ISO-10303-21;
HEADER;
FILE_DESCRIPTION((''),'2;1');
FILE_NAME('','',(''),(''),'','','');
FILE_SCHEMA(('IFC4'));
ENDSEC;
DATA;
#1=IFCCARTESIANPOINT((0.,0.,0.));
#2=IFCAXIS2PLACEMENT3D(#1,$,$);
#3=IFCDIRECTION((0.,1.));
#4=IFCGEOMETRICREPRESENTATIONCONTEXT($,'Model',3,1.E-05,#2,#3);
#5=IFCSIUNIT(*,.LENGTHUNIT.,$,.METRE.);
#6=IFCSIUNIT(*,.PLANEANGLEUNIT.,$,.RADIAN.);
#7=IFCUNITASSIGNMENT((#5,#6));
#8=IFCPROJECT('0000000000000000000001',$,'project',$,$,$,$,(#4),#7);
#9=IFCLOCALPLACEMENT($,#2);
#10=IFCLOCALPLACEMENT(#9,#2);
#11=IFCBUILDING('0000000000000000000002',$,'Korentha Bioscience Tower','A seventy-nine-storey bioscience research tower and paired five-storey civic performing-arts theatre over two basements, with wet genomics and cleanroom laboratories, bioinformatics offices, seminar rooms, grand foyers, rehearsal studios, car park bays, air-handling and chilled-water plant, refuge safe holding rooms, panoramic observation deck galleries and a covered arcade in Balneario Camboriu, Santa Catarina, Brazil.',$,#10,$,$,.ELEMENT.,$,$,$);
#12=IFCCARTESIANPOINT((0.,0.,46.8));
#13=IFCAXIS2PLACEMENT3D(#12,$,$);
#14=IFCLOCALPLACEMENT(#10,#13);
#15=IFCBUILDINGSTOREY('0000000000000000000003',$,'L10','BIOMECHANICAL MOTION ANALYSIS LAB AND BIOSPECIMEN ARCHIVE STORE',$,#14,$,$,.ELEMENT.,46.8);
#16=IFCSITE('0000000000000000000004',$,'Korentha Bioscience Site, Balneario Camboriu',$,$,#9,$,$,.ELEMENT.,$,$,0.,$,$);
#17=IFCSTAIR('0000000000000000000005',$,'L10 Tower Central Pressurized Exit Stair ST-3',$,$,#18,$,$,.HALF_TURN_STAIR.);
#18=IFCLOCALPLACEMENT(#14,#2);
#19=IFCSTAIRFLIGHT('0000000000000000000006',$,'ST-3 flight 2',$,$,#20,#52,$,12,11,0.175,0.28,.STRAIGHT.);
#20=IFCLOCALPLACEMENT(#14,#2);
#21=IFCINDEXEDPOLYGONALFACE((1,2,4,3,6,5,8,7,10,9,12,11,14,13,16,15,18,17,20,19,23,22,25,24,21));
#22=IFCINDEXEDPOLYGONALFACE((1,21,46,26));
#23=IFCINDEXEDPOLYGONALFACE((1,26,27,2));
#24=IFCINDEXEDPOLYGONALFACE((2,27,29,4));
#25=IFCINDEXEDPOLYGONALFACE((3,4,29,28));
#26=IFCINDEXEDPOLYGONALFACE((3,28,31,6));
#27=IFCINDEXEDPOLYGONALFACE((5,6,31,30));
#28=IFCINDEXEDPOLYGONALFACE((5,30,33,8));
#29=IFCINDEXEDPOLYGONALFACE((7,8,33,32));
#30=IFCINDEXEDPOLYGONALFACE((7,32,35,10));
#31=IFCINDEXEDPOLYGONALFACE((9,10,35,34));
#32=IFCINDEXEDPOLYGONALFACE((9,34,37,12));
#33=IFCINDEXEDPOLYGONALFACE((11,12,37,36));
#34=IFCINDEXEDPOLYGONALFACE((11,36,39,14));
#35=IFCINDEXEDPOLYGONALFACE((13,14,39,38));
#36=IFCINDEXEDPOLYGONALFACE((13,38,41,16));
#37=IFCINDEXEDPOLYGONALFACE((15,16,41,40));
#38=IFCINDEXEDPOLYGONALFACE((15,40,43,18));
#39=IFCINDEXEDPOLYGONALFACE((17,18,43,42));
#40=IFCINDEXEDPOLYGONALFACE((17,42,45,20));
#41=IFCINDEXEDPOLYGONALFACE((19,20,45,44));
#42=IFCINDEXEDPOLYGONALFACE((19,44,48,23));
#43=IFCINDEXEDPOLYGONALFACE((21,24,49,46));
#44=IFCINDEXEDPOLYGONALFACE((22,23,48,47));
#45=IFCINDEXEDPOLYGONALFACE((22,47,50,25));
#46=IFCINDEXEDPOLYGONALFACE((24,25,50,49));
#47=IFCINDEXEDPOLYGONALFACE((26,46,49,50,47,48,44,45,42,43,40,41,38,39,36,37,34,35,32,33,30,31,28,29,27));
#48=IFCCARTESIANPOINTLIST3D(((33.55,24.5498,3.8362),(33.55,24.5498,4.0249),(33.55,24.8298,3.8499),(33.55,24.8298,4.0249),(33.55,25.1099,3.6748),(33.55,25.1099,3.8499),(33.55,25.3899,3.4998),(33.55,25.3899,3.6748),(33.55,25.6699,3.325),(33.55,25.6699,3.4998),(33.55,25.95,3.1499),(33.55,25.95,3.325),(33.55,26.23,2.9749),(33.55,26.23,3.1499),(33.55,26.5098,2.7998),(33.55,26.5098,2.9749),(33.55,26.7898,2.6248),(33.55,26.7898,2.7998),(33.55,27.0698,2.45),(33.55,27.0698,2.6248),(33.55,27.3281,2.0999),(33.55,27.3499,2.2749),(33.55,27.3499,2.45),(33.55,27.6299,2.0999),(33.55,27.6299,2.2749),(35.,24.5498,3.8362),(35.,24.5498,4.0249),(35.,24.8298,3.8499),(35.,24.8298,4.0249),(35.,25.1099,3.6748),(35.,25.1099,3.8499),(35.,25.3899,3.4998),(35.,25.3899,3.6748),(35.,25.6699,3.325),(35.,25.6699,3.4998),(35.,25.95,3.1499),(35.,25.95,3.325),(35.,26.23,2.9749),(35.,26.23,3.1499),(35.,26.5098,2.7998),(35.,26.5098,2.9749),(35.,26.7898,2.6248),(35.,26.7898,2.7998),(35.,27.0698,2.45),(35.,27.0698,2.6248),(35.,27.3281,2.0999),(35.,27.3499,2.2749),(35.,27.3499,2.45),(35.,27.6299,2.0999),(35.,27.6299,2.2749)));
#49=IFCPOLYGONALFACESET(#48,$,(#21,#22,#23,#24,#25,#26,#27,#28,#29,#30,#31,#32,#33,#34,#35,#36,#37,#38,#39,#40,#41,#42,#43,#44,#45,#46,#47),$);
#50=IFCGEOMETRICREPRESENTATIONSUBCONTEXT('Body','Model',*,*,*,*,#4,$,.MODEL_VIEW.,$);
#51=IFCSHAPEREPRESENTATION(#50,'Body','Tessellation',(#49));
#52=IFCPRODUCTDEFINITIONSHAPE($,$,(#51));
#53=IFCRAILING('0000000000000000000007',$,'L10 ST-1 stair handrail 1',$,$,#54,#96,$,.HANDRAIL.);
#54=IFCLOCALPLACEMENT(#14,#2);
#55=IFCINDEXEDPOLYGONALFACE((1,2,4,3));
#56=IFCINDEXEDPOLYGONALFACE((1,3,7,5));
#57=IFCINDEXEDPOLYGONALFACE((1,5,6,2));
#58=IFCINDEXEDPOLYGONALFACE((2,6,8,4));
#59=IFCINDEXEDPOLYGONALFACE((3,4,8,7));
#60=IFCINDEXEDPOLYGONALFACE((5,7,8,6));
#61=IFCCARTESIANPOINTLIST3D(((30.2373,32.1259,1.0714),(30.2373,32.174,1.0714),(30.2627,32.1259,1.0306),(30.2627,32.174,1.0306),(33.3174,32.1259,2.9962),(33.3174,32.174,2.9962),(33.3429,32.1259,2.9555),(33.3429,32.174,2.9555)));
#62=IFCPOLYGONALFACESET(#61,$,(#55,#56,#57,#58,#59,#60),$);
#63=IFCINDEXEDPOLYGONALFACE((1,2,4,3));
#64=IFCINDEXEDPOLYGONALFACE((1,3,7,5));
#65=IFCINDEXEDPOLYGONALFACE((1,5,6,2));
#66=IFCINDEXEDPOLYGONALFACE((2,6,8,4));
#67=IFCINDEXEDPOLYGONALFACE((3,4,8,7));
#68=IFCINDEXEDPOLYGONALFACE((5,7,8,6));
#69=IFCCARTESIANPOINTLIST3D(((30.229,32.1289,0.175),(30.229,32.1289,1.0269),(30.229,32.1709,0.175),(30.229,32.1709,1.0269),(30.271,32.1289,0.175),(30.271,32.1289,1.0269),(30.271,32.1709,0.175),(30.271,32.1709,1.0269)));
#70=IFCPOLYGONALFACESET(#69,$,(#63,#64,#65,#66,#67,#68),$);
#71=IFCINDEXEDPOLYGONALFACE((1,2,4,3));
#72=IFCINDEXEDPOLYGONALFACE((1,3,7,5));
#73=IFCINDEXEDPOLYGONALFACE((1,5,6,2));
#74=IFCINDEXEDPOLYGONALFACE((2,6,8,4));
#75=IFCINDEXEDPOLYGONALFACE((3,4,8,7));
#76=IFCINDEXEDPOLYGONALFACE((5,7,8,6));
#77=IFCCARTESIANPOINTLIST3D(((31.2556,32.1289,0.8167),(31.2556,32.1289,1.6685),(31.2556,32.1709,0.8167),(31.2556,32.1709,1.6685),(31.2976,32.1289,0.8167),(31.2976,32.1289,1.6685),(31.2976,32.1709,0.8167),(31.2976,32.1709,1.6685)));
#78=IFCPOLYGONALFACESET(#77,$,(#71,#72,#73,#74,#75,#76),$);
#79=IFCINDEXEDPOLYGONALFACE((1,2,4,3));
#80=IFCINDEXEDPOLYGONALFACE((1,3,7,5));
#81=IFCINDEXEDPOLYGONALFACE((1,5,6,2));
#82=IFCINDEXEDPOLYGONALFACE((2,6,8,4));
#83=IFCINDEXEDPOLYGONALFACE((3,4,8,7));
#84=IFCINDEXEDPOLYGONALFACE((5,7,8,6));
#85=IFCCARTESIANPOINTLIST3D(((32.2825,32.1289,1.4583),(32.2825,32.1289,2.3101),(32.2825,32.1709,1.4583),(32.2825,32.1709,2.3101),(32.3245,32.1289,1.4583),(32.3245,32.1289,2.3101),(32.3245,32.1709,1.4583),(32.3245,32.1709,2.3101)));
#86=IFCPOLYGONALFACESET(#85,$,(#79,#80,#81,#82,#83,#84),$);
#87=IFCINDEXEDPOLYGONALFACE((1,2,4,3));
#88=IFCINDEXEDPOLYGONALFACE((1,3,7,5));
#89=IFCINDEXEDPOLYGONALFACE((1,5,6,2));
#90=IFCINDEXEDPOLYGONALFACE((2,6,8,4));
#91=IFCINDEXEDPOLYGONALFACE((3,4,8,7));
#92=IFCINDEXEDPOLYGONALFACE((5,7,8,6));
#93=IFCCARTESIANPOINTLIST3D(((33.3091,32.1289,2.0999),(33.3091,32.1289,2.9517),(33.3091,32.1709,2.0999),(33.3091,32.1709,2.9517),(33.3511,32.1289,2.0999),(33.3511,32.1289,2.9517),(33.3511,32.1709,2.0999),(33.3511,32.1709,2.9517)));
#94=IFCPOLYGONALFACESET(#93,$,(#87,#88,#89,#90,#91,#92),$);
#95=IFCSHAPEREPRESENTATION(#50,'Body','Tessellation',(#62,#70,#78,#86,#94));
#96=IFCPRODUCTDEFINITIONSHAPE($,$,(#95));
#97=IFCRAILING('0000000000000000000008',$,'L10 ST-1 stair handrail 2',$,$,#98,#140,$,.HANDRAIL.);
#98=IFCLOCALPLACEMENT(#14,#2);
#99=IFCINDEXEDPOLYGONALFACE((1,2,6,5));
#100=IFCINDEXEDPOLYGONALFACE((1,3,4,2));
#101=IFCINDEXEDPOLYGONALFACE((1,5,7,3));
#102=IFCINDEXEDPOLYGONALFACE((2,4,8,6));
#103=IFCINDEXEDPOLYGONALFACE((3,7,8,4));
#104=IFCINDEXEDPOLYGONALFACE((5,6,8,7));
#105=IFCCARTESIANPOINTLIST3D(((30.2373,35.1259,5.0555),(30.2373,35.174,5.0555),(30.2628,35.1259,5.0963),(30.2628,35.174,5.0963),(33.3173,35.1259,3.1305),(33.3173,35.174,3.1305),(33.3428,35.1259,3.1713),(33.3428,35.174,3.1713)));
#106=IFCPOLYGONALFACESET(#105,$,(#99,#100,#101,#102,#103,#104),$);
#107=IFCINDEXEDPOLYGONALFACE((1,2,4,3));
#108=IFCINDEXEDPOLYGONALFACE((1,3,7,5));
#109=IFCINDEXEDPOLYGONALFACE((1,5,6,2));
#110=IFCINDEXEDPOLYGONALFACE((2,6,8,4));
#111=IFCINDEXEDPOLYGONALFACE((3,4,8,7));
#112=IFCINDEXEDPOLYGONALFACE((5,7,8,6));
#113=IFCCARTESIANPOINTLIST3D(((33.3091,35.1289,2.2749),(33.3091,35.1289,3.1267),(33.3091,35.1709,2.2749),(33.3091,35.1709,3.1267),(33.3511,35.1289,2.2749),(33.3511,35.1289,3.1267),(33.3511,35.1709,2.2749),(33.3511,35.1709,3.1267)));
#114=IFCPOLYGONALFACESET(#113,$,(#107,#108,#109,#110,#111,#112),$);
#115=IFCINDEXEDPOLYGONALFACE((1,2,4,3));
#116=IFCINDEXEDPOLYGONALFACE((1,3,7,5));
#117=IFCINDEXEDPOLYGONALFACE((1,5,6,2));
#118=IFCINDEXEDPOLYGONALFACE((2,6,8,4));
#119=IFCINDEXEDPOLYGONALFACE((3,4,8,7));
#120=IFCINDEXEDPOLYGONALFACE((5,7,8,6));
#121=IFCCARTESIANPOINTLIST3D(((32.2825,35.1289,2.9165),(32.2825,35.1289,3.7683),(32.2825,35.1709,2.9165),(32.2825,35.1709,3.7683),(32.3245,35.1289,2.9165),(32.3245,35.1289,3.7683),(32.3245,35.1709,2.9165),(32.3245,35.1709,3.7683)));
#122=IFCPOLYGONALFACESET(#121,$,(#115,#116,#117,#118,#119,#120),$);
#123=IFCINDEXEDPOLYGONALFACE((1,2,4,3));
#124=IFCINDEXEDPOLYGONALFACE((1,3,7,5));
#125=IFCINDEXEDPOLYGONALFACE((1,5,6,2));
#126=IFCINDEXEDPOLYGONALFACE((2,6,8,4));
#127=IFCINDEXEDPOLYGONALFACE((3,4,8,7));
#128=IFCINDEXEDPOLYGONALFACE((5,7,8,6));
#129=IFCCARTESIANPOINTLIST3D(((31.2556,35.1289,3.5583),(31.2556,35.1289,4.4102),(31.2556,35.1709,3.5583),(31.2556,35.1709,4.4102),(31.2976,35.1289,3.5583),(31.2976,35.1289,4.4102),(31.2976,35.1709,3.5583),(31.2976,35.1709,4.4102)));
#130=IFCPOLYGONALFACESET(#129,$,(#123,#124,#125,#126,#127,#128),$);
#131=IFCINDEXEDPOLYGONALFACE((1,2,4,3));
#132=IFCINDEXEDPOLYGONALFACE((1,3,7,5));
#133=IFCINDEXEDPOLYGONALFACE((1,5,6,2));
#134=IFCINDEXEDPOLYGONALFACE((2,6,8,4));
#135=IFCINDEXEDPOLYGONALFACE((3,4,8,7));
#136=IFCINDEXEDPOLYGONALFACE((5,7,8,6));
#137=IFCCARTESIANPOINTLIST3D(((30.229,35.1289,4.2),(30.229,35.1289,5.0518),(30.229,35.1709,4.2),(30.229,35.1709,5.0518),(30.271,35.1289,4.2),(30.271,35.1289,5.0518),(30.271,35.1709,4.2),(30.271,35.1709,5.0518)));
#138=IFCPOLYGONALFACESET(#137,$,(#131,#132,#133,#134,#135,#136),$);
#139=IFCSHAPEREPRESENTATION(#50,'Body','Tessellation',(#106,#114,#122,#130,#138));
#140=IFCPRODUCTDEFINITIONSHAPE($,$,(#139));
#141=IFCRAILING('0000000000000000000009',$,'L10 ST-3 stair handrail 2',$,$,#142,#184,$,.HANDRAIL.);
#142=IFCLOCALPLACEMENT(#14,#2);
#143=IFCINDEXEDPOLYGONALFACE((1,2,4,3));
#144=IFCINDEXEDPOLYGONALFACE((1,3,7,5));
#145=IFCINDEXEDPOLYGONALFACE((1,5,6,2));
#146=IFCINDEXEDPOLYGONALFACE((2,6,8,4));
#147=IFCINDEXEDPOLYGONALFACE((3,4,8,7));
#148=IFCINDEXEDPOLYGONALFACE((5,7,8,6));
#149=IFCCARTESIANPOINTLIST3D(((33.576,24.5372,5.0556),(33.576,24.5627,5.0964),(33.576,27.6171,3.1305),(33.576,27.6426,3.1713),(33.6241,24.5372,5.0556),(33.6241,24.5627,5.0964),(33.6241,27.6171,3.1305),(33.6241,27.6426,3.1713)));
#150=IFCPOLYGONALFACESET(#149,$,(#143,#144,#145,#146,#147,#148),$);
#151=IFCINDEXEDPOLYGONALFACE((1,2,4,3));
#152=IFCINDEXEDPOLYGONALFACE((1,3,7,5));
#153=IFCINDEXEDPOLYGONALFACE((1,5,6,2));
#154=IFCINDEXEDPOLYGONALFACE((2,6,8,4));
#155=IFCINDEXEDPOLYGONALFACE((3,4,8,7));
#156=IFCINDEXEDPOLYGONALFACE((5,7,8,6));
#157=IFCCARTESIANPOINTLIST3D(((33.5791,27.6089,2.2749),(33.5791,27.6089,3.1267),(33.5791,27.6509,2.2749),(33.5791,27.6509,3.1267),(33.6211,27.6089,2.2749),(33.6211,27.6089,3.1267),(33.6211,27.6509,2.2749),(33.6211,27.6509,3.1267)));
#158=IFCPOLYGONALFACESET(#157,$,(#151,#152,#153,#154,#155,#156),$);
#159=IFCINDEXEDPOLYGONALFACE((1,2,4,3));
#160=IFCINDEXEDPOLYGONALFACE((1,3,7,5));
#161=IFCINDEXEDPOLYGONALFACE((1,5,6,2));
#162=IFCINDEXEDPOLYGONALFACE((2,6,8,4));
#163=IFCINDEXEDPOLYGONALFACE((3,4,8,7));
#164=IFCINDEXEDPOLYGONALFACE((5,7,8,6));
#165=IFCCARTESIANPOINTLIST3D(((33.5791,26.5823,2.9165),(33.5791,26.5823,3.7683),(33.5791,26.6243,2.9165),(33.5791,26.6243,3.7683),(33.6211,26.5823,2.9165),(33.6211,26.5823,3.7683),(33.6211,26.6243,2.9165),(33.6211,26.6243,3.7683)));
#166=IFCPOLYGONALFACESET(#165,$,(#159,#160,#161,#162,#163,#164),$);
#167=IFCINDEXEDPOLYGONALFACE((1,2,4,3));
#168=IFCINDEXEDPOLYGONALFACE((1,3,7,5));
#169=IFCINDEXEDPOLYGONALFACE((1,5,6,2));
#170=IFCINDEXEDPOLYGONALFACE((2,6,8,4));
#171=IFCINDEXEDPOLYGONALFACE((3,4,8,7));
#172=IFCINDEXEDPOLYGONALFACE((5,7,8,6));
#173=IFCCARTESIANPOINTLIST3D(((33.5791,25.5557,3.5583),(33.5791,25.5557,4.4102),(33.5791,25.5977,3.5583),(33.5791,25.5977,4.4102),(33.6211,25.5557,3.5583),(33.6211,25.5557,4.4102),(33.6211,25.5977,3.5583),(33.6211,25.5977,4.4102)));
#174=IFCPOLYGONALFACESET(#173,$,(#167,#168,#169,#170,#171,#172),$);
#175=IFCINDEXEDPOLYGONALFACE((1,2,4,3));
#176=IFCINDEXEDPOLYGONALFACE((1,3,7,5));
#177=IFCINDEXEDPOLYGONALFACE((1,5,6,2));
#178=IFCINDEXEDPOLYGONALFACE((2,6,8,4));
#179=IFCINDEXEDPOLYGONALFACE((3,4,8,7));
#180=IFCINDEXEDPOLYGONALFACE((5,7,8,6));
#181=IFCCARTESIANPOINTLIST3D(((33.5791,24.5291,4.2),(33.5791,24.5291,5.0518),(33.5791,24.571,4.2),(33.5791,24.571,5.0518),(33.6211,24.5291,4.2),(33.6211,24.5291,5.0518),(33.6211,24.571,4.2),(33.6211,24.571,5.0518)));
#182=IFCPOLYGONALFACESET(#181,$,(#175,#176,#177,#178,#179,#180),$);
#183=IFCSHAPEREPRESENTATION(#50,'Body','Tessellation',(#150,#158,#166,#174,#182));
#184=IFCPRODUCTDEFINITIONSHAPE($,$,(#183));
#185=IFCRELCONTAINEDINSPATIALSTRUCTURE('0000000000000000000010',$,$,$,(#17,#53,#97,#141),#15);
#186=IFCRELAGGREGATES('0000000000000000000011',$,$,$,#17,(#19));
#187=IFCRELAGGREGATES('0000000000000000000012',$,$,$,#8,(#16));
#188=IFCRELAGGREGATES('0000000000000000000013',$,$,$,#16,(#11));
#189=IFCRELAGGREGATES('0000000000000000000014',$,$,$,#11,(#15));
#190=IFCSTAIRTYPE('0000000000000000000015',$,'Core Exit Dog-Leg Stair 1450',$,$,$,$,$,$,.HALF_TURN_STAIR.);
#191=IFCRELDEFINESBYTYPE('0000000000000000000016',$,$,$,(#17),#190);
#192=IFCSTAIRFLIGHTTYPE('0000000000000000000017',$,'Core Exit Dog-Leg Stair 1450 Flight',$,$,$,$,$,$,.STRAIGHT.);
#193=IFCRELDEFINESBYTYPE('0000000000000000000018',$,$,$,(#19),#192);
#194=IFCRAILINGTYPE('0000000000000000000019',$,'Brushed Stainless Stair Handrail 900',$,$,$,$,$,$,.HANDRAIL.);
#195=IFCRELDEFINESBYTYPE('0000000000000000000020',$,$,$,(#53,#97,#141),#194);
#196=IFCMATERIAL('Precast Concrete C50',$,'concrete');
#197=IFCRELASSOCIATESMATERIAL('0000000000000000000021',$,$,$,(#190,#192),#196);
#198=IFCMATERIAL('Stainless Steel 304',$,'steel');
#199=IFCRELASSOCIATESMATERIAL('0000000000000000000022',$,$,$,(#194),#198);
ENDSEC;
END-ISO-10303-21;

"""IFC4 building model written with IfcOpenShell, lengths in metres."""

from ifc_helpers import new_model, si_unit, direction, frame, origin, origin_2d, place, context, subcontext, project, spatial, polyline, rectangle, outline, extrude, material, type_object, element, aggregate, save


model = new_model("IFC4")

# Units and contexts
model_context = context("Model", 3, precision=1e-05, world=origin(), true_north=direction((0.0, 1.0)))
body_context = subcontext(model_context, "Body", "Model", "MODEL_VIEW")
ifc_project = project(units=[si_unit("LENGTHUNIT", "METRE"), si_unit("PLANEANGLEUNIT", "RADIAN")], contexts=[model_context])

# Site, building, storey
site_placement = place(None, origin())
site = spatial("IfcSite", under=ifc_project, at=site_placement, Name="Korentha Bioscience Site, Balneario Camboriu", CompositionType="ELEMENT", RefElevation=0.0)
building_placement = place(site_placement, origin())
building = spatial("IfcBuilding", under=site, at=building_placement, Name="Korentha Bioscience Tower", Description="A seventy-nine-storey bioscience research tower and paired five-storey civic performing-arts theatre over two basements, with wet genomics and cleanroom laboratories, bioinformatics offices, seminar rooms, grand foyers, rehearsal studios, car park bays, air-handling and chilled-water plant, refuge safe holding rooms, panoramic observation deck galleries and a covered arcade in Balneario Camboriu, Santa Catarina, Brazil.", CompositionType="ELEMENT")
storey_placement = place(building_placement, frame((0.0, 0.0, 46.8)))
storey = spatial("IfcBuildingStorey", under=building, at=storey_placement, Name="L10", Description="BIOMECHANICAL MOTION ANALYSIS LAB AND BIOSPECIMEN ARCHIVE STORE", CompositionType="ELEMENT", Elevation=46.8)

# Shared definitions
ifc_material_1 = material(Name="Precast Concrete C50", Category="concrete")
stair_type = type_object("IfcStairType", Name="Core Exit Dog-Leg Stair 1450", PredefinedType="HALF_TURN_STAIR", material=ifc_material_1)
stair_flight_type = type_object("IfcStairFlightType", Name="Core Exit Dog-Leg Stair 1450 Flight", PredefinedType="STRAIGHT", material=ifc_material_1)

# Stair, stair flight
stair_1_placement = place(storey_placement, origin())
stair_1 = element("IfcStair", 1, at=stair_1_placement, inside=storey, type_object=stair_type, Name="L10 Tower Central Pressurized Exit Stair ST-3", PredefinedType="HALF_TURN_STAIR")
stair_flight_1_placement = place(storey_placement, frame((34.2749, 27.6299, 2.0999), z_axis=(0.0, 0.0, 1.0), x_axis=(0.0, -1.0, 0.0)))
stair_flight_1 = element("IfcStairFlight", 2, at=stair_flight_1_placement, type_object=stair_flight_type, Name="ST-3 flight 2", NumberOfRisers=12, NumberOfTreads=11, PredefinedType="STRAIGHT", RiserHeight=0.175, TreadLength=0.28, context=body_context, shape_type="SweptSolid", body=[
    extrude(outline(polyline([(0.0, 0.0), (0.0, 0.175), (0.28, 0.175), (0.28, 0.3501), (0.5601, 0.3501), (0.5601, 0.5249), (0.8401, 0.5249), (0.8401, 0.7), (1.1201, 0.7), (1.1201, 0.875), (1.3999, 0.875), (1.3999, 1.05), (1.6799, 1.05), (1.6799, 1.2251), (1.96, 1.2251), (1.96, 1.3999), (2.24, 1.3999), (2.24, 1.575), (2.52, 1.575), (2.52, 1.75), (2.8, 1.75), (2.8, 1.925), (3.0801, 1.925), (3.0801, 2.1001), (3.0801, 1.7363), (0.3018, 0.0), (0.0, 0.0)])), frame((0.0, 0.7251, 0.0), z_axis=(0.0, -1.0, 0.0), x_axis=(1.0, 0.0, 0.0)), (0.0, 0.0, 1.0), 1.45),
])
aggregate(stair_1, [stair_flight_1])

# Railings
ifc_material_2 = material(Name="Stainless Steel 304", Category="steel")
railing_type_1 = type_object("IfcRailingType", Name="Brushed Stainless Stair Handrail 900", PredefinedType="HANDRAIL", material=ifc_material_2)
railing_1_placement = place(storey_placement, frame((30.25, 32.1499, 0.175)))
element("IfcRailing", 3, at=railing_1_placement, inside=storey, type_object=railing_type_1, Name="L10 ST-1 stair handrail 1", PredefinedType="HANDRAIL", context=body_context, shape_type="SweptSolid", body=[
    extrude(rectangle(XDim=0.0481, YDim=0.0481, at=origin_2d()), frame((0.0, 0.0, 0.876), z_axis=(0.848029, 0.0, 0.529951), x_axis=(0.0, 1.0, 0.0)), (0.0, 0.0, 1.0), 3.6321),
    extrude(rectangle(XDim=0.042, YDim=0.042, at=origin_2d()), origin(), (0.0, 0.0, 1.0), 0.8518),
    extrude(rectangle(XDim=0.042, YDim=0.042, at=origin_2d()), frame((1.0266, 0.0, 0.6416)), (0.0, 0.0, 1.0), 0.8518),
    extrude(rectangle(XDim=0.042, YDim=0.042, at=origin_2d()), frame((2.0535, 0.0, 1.2832)), (0.0, 0.0, 1.0), 0.8518),
    extrude(rectangle(XDim=0.042, YDim=0.042, at=origin_2d()), frame((3.0801, 0.0, 1.9248)), (0.0, 0.0, 1.0), 0.8518),
])
railing_2_placement = place(storey_placement, frame((33.3301, 35.1499, 2.2749)))
element("IfcRailing", 4, at=railing_2_placement, inside=storey, type_object=railing_type_1, Name="L10 ST-1 stair handrail 2", PredefinedType="HANDRAIL", context=body_context, shape_type="SweptSolid", body=[
    extrude(rectangle(XDim=0.0481, YDim=0.0481, at=origin_2d()), frame((0.0, 0.0, 0.876), z_axis=(-0.847998, 0.0, 0.529999), x_axis=(0.0, -1.0, 0.0)), (0.0, 0.0, 1.0), 3.6321),
    extrude(rectangle(XDim=0.042, YDim=0.042, at=origin_2d()), origin(), (0.0, 0.0, 1.0), 0.8518),
    extrude(rectangle(XDim=0.042, YDim=0.042, at=origin_2d()), frame((-1.0266, 0.0, 0.6416)), (0.0, 0.0, 1.0), 0.8518),
    extrude(rectangle(XDim=0.042, YDim=0.042, at=origin_2d()), frame((-2.0535, 0.0, 1.2834)), (0.0, 0.0, 1.0), 0.8518),
    extrude(rectangle(XDim=0.042, YDim=0.042, at=origin_2d()), frame((-3.0801, 0.0, 1.925)), (0.0, 0.0, 1.0), 0.8518),
])
railing_3_placement = place(storey_placement, frame((33.6001, 27.6299, 2.2749)))
element("IfcRailing", 5, at=railing_3_placement, inside=storey, type_object=railing_type_1, Name="L10 ST-3 stair handrail 2", PredefinedType="HANDRAIL", context=body_context, shape_type="SweptSolid", body=[
    extrude(rectangle(XDim=0.0481, YDim=0.0481, at=origin_2d()), frame((0.0, 0.0, 0.876), z_axis=(0.0, -0.847979, 0.530029), x_axis=(1.0, 0.0, 0.0)), (0.0, 0.0, 1.0), 3.6321),
    extrude(rectangle(XDim=0.042, YDim=0.042, at=origin_2d()), origin(), (0.0, 0.0, 1.0), 0.8518),
    extrude(rectangle(XDim=0.042, YDim=0.042, at=origin_2d()), frame((0.0, -1.0266, 0.6416)), (0.0, 0.0, 1.0), 0.8518),
    extrude(rectangle(XDim=0.042, YDim=0.042, at=origin_2d()), frame((0.0, -2.0532, 1.2834)), (0.0, 0.0, 1.0), 0.8518),
    extrude(rectangle(XDim=0.042, YDim=0.042, at=origin_2d()), frame((0.0, -3.0798, 1.925)), (0.0, 0.0, 1.0), 0.8518),
])

save(model, "model.ifc")
